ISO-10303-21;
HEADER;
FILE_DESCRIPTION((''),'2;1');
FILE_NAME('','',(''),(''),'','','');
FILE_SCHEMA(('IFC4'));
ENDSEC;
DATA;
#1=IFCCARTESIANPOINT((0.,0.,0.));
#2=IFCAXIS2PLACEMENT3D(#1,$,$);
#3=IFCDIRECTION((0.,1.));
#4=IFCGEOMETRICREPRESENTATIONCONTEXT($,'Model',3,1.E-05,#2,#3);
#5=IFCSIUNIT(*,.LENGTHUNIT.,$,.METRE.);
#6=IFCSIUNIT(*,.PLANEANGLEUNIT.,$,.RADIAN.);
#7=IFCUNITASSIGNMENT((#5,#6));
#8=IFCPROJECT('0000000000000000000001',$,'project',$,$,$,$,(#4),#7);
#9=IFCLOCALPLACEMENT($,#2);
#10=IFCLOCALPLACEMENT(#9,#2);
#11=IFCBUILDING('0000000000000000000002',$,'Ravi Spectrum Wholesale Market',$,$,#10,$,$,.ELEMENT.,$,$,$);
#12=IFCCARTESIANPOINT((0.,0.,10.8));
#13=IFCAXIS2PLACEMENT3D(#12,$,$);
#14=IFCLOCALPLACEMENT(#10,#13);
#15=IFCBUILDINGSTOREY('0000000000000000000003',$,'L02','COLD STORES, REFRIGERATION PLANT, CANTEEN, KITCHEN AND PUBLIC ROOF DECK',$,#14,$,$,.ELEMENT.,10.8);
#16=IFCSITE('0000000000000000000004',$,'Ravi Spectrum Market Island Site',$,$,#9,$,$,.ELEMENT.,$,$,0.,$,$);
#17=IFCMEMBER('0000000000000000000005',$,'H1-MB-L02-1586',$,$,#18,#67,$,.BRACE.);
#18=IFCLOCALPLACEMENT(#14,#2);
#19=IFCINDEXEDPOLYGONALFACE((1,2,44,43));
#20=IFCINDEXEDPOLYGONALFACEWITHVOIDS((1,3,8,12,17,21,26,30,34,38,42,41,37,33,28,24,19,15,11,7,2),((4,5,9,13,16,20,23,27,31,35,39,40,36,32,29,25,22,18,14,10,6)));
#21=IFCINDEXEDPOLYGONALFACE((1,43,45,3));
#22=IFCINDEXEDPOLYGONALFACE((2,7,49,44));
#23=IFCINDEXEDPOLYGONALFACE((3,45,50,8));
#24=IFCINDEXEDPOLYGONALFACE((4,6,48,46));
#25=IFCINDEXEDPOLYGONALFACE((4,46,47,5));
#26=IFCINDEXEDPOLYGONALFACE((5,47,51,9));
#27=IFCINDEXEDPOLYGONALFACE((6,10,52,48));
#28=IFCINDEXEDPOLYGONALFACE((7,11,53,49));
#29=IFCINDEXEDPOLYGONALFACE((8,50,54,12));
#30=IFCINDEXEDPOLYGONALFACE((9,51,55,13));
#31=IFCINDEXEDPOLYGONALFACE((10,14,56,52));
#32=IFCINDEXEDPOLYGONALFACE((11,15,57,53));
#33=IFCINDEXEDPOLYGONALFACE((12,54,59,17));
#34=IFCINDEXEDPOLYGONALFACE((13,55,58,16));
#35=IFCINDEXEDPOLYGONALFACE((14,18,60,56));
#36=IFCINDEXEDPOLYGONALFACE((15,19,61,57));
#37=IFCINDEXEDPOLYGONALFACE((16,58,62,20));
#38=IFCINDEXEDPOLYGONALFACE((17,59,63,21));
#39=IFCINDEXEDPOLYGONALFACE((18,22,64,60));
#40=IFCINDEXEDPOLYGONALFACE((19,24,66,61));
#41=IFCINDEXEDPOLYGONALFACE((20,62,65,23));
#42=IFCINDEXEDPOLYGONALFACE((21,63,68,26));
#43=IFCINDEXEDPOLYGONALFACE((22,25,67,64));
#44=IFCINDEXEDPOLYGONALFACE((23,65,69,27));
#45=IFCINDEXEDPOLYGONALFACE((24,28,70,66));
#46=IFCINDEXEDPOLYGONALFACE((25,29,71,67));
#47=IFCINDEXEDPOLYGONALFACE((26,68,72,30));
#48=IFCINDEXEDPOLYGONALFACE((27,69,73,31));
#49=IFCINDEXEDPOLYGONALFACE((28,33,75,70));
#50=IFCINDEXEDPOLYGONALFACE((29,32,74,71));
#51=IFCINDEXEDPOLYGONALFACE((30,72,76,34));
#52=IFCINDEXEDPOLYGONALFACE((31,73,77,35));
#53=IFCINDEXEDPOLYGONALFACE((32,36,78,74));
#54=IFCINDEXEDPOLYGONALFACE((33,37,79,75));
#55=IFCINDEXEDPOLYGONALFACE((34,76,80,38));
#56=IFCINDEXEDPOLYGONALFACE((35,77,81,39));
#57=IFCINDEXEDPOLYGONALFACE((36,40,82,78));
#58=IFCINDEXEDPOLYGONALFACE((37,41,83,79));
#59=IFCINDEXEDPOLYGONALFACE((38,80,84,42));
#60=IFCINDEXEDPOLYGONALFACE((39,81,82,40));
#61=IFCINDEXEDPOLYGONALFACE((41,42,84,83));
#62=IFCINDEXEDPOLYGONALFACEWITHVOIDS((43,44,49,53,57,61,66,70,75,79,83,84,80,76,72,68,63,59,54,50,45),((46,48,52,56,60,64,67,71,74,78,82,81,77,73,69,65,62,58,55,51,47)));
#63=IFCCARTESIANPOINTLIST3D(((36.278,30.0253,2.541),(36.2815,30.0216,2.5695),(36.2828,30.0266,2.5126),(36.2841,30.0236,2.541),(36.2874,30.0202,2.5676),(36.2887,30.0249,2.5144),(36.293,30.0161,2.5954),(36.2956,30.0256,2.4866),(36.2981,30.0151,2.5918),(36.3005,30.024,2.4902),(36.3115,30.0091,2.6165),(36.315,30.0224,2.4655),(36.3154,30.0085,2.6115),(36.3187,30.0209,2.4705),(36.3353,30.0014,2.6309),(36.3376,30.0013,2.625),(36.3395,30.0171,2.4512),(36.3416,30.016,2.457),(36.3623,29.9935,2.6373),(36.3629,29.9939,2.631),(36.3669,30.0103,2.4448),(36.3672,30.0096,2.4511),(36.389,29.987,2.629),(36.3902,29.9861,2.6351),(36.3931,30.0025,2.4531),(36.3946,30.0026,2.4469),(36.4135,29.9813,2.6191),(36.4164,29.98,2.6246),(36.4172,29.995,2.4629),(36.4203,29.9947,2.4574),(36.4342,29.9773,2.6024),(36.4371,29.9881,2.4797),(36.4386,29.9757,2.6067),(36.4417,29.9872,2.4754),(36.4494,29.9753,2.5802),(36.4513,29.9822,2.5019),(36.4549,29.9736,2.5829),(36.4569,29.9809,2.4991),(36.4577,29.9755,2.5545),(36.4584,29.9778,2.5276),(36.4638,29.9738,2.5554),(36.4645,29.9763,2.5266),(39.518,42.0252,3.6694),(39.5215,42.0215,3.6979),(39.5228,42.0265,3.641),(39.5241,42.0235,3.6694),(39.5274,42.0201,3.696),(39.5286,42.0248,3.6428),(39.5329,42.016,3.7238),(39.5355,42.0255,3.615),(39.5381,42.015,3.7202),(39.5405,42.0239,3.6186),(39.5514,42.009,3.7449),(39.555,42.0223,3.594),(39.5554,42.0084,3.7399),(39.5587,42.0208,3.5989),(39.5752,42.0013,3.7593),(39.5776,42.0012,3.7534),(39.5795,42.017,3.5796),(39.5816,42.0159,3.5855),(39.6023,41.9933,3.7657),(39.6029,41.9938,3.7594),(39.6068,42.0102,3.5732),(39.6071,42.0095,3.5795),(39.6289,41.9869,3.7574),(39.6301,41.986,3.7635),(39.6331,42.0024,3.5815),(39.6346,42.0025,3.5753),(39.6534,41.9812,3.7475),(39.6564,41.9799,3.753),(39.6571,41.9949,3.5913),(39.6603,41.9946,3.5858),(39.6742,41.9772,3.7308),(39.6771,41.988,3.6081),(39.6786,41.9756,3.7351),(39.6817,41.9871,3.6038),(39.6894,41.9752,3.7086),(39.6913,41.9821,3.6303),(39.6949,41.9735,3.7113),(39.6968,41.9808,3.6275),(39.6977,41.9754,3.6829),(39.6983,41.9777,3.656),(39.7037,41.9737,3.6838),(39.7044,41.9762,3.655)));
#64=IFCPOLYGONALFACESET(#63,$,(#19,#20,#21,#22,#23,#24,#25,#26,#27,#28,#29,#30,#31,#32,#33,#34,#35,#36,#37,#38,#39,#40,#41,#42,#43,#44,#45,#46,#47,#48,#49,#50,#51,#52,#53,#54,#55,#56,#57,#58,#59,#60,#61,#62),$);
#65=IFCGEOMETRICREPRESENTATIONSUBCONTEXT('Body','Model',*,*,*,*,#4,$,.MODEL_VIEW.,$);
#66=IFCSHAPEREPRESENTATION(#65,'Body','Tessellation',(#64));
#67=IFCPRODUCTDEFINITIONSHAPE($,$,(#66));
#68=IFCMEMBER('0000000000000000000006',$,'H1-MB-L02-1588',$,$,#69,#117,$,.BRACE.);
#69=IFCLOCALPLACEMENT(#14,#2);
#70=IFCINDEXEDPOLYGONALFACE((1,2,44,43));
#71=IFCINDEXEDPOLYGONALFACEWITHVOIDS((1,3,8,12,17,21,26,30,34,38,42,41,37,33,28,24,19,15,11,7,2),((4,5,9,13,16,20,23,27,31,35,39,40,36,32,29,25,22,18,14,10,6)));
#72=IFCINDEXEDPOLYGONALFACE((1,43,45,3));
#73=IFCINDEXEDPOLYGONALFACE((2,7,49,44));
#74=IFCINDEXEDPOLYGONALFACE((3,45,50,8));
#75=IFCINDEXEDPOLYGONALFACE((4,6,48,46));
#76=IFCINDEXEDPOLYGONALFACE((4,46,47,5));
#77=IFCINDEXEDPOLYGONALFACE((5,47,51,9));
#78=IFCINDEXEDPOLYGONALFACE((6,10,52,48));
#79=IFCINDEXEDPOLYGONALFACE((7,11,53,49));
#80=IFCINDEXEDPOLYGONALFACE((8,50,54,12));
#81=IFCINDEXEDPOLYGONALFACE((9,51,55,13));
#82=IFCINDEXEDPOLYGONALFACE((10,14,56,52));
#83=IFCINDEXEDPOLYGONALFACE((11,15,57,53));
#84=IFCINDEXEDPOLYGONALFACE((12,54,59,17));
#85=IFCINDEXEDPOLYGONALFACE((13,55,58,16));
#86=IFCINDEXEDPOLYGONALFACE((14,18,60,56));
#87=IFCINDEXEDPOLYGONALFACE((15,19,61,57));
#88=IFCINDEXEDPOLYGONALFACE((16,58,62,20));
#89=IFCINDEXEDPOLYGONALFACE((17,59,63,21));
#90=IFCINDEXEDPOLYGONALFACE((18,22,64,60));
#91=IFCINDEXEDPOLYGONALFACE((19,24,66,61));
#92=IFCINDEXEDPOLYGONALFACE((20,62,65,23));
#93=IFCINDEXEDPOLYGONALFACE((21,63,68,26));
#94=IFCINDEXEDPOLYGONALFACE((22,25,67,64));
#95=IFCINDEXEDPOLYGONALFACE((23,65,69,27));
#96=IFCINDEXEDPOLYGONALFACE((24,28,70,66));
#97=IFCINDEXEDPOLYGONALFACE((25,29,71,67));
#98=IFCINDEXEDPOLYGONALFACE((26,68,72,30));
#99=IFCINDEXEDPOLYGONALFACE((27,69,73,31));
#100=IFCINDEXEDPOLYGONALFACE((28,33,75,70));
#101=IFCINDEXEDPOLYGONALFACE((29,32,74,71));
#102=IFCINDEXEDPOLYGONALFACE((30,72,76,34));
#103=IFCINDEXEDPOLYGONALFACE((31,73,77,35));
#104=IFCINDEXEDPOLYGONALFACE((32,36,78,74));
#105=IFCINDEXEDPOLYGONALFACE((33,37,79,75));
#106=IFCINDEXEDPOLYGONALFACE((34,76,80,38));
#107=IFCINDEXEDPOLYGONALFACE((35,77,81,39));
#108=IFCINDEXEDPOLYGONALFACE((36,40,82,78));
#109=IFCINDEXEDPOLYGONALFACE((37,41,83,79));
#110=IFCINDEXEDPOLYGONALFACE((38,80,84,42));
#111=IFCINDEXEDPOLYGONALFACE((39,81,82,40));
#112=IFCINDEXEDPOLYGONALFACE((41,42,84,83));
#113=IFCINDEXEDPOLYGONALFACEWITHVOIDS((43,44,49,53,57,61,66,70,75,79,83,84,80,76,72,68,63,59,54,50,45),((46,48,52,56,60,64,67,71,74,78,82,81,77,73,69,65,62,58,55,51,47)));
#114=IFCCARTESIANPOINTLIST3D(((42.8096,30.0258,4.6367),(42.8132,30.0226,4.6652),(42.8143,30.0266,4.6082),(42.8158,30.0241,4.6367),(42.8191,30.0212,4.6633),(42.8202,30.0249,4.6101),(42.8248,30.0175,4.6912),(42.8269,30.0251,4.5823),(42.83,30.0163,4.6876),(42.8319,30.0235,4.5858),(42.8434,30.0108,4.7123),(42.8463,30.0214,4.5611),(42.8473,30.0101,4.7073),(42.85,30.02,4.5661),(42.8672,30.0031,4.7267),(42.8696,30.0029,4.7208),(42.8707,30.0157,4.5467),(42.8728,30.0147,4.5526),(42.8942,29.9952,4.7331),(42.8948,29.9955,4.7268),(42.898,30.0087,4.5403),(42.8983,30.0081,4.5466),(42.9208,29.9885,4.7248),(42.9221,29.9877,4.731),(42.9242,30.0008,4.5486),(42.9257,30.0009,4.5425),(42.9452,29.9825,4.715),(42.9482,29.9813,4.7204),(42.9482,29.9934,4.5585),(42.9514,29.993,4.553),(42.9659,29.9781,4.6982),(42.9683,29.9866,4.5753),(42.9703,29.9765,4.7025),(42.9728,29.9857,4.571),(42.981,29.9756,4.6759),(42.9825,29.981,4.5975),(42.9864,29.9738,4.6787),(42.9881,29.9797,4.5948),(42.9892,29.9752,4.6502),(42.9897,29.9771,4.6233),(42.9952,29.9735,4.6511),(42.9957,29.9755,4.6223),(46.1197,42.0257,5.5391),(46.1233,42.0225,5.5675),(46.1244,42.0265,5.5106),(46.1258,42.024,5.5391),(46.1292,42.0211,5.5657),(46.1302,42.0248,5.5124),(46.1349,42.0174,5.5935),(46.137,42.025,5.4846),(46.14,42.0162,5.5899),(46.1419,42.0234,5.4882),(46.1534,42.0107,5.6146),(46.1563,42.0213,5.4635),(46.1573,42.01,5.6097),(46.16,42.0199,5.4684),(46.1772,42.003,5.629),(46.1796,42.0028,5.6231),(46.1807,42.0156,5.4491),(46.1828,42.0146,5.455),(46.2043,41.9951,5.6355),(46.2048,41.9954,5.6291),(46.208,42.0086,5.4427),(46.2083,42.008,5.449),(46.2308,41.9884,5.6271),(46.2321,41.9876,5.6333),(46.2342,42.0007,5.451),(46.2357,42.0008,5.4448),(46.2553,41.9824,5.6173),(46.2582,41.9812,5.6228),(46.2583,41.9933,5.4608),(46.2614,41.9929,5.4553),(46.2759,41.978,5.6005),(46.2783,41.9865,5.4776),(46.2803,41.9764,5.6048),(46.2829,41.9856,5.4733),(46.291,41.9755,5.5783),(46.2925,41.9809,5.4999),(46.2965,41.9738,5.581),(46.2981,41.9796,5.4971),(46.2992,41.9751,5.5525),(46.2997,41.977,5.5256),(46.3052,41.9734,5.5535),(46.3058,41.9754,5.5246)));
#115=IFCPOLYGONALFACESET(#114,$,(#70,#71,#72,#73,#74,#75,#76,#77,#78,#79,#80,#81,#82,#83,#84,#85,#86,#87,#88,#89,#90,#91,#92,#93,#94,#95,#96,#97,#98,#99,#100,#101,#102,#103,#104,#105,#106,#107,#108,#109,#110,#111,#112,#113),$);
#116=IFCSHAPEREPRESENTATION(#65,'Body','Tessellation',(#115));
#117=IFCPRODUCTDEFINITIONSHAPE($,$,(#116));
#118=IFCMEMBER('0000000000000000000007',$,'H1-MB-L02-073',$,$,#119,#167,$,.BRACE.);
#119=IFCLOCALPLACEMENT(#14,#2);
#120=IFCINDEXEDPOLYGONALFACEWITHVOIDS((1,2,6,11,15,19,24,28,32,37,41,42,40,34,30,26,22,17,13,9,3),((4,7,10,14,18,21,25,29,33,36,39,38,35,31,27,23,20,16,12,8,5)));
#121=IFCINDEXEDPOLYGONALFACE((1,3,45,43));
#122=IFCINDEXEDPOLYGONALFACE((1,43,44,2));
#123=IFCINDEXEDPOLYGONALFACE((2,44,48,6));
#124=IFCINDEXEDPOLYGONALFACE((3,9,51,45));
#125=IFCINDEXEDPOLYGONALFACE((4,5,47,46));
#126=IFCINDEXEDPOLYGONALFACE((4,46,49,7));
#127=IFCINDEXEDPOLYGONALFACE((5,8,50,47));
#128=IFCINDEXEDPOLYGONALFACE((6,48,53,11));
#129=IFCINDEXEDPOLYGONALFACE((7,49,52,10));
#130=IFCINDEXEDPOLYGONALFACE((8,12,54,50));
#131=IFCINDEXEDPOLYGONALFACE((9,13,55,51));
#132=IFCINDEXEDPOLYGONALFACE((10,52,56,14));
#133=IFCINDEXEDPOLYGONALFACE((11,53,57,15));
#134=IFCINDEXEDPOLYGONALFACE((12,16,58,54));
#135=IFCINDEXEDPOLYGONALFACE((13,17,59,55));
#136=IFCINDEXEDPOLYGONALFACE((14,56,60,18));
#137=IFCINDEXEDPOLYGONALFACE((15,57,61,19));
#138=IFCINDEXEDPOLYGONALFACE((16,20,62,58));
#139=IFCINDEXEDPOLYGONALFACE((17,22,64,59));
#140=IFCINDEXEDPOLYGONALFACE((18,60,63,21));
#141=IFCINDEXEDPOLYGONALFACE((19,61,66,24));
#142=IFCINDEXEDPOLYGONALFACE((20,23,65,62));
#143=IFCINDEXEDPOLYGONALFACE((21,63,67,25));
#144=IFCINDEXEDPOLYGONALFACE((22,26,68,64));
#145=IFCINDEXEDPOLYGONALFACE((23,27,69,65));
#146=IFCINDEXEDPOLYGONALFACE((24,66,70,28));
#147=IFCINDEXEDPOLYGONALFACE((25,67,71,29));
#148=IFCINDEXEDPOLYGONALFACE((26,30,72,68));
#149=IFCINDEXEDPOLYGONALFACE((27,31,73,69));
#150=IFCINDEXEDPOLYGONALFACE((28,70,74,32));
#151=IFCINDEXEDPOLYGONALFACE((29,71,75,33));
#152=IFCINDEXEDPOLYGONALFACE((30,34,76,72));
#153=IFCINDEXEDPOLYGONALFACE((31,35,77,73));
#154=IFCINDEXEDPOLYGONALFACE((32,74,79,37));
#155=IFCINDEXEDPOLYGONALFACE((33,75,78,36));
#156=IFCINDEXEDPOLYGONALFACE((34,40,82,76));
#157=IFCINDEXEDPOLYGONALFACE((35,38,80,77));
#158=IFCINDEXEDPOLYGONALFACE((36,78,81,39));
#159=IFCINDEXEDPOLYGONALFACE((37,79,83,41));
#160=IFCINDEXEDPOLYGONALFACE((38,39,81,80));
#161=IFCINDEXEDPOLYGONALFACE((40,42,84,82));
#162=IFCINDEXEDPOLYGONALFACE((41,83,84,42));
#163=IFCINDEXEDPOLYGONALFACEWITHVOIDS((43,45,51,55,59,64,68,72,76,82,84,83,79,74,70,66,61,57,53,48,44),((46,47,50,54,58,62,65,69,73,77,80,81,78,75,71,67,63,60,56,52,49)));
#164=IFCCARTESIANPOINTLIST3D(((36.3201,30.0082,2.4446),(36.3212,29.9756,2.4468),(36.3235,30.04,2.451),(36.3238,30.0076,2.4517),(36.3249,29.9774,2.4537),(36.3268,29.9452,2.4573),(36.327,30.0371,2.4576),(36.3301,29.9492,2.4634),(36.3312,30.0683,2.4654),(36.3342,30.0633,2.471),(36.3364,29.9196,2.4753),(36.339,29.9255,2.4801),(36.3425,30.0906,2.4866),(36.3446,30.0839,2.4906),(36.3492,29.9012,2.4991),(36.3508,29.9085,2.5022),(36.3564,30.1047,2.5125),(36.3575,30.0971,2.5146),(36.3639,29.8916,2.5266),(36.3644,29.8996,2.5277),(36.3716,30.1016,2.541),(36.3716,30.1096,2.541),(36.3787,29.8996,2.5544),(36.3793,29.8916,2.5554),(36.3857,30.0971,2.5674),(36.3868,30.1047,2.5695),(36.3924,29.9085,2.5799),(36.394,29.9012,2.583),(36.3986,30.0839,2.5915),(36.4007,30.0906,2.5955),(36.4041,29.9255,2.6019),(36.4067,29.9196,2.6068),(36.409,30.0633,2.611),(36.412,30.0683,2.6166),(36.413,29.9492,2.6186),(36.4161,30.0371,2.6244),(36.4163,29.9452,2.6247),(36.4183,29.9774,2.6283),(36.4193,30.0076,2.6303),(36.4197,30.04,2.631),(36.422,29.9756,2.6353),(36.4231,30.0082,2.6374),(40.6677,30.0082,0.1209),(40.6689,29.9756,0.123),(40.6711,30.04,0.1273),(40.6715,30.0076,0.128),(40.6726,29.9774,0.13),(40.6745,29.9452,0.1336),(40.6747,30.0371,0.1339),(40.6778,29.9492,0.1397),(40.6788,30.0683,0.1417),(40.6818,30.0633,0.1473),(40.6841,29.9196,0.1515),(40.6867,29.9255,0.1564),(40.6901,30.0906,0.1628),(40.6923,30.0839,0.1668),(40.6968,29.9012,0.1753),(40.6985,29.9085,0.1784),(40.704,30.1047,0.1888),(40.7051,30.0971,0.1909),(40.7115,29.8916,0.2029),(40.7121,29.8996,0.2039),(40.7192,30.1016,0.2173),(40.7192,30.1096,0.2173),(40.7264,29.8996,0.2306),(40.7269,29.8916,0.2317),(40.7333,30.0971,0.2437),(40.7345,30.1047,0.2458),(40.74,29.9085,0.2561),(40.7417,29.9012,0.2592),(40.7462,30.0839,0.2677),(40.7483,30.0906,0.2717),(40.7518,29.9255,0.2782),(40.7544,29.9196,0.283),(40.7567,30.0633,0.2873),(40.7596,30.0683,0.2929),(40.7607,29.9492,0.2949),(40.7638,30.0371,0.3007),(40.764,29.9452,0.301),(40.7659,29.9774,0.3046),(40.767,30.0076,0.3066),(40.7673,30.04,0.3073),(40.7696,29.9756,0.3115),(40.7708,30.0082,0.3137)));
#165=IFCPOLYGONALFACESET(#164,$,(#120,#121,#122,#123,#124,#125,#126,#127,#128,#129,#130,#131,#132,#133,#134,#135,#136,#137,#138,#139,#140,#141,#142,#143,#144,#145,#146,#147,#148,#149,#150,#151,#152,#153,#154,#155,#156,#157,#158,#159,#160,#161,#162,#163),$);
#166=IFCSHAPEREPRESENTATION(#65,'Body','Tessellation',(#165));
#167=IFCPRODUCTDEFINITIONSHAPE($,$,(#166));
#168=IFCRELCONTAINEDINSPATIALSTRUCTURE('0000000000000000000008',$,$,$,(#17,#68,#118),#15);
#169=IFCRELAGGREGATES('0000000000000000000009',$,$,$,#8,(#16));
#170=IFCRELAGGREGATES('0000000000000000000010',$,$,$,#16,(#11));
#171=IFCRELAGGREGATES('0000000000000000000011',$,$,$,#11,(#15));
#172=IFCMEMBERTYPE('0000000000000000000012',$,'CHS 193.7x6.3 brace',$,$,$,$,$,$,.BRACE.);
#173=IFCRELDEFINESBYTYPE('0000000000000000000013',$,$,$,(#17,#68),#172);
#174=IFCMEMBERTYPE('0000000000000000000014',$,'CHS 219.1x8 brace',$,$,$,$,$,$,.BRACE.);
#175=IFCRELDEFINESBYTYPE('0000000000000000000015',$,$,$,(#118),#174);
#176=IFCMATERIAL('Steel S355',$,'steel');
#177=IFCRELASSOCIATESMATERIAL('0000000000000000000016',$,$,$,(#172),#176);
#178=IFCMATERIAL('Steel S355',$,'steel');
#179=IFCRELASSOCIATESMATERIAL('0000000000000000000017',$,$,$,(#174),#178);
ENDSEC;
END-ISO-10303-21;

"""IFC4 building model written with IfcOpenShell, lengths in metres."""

from ifc_helpers import new_model, si_unit, direction, frame, origin, origin_2d, place, context, subcontext, project, spatial, hollow_circle, extrude, material, material_profile, profile_set, type_object, element, save


model = new_model("IFC4")

# Units and contexts
model_context = context("Model", 3, precision=1e-05, world=origin(), true_north=direction((0.0, 1.0)))
body_context = subcontext(model_context, "Body", "Model", "MODEL_VIEW")
ifc_project = project(units=[si_unit("LENGTHUNIT", "METRE"), si_unit("PLANEANGLEUNIT", "RADIAN")], contexts=[model_context])

# Site, building, storey
site_placement = place(None, origin())
site = spatial("IfcSite", under=ifc_project, at=site_placement, Name="Ravi Spectrum Market Island Site", CompositionType="ELEMENT", RefElevation=0.0)
building_placement = place(site_placement, origin())
building = spatial("IfcBuilding", under=site, at=building_placement, Name="Ravi Spectrum Wholesale Market", CompositionType="ELEMENT")
storey_placement = place(building_placement, frame((0.0, 0.0, 10.8)))
storey = spatial("IfcBuildingStorey", under=building, at=storey_placement, Name="L02", Description="COLD STORES, REFRIGERATION PLANT, CANTEEN, KITCHEN AND PUBLIC ROOF DECK", CompositionType="ELEMENT", Elevation=10.8)

# Members
ifc_material_1 = material(Name="Steel S355", Category="steel")
ifc_material_profile_1 = material_profile(ifc_material_1, hollow_circle(Radius=0.0969, WallThickness=0.0063, at=origin_2d()))
ifc_profile_set_1 = profile_set([ifc_material_profile_1], Name="Steel S355")
member_type_1 = type_object("IfcMemberType", Name="CHS 193.7x6.3 brace", PredefinedType="BRACE", material=ifc_profile_set_1)
for number, where, z_axis, x_axis, name in (
    (1, (36.3716, 30.0, 2.541), (0.259598, 0.961475, 0.090412), (-0.965429, 0.260665, 0.0), "H1-MB-L02-1586"),
    (2, (42.9031, 30.0, 4.6367), (0.265212, 0.961476, 0.072298), (-0.963999, 0.265908, 0.0), "H1-MB-L02-1588"),
):
    element("IfcMember", number, at=place(storey_placement, frame(where, z_axis=z_axis, x_axis=x_axis)), inside=storey, type_object=member_type_1, Name=name, PredefinedType="BRACE", context=body_context, shape_type="SweptSolid", body=[
        extrude(hollow_circle(Radius=0.0969, WallThickness=0.0063, at=origin_2d()), origin(), (0.0, 0.0, 1.0), 12.4807),
    ])
ifc_material_2 = material(Name="Steel S355", Category="steel")
ifc_material_profile_2 = material_profile(ifc_material_2, hollow_circle(Radius=0.1096, WallThickness=0.0081, at=origin_2d()))
ifc_profile_set_2 = profile_set([ifc_material_profile_2], Name="Steel S355")
member_type_2 = type_object("IfcMemberType", Name="CHS 219.1x8 brace", PredefinedType="BRACE", material=ifc_profile_set_2)
for number, where, z_axis, x_axis, name in (
    (3, (36.3716, 30.0, 2.541), (0.881933, 0.0, -0.471375), (0.0, 1.0, 0.0), "H1-MB-L02-073"),
):
    element("IfcMember", number, at=place(storey_placement, frame(where, z_axis=z_axis, x_axis=x_axis)), inside=storey, type_object=member_type_2, Name=name, PredefinedType="BRACE", context=body_context, shape_type="SweptSolid", body=[
        extrude(hollow_circle(Radius=0.1096, WallThickness=0.0081, at=origin_2d()), origin(), (0.0, 0.0, 1.0), 4.9297),
    ])

save(model, "model.ifc")
